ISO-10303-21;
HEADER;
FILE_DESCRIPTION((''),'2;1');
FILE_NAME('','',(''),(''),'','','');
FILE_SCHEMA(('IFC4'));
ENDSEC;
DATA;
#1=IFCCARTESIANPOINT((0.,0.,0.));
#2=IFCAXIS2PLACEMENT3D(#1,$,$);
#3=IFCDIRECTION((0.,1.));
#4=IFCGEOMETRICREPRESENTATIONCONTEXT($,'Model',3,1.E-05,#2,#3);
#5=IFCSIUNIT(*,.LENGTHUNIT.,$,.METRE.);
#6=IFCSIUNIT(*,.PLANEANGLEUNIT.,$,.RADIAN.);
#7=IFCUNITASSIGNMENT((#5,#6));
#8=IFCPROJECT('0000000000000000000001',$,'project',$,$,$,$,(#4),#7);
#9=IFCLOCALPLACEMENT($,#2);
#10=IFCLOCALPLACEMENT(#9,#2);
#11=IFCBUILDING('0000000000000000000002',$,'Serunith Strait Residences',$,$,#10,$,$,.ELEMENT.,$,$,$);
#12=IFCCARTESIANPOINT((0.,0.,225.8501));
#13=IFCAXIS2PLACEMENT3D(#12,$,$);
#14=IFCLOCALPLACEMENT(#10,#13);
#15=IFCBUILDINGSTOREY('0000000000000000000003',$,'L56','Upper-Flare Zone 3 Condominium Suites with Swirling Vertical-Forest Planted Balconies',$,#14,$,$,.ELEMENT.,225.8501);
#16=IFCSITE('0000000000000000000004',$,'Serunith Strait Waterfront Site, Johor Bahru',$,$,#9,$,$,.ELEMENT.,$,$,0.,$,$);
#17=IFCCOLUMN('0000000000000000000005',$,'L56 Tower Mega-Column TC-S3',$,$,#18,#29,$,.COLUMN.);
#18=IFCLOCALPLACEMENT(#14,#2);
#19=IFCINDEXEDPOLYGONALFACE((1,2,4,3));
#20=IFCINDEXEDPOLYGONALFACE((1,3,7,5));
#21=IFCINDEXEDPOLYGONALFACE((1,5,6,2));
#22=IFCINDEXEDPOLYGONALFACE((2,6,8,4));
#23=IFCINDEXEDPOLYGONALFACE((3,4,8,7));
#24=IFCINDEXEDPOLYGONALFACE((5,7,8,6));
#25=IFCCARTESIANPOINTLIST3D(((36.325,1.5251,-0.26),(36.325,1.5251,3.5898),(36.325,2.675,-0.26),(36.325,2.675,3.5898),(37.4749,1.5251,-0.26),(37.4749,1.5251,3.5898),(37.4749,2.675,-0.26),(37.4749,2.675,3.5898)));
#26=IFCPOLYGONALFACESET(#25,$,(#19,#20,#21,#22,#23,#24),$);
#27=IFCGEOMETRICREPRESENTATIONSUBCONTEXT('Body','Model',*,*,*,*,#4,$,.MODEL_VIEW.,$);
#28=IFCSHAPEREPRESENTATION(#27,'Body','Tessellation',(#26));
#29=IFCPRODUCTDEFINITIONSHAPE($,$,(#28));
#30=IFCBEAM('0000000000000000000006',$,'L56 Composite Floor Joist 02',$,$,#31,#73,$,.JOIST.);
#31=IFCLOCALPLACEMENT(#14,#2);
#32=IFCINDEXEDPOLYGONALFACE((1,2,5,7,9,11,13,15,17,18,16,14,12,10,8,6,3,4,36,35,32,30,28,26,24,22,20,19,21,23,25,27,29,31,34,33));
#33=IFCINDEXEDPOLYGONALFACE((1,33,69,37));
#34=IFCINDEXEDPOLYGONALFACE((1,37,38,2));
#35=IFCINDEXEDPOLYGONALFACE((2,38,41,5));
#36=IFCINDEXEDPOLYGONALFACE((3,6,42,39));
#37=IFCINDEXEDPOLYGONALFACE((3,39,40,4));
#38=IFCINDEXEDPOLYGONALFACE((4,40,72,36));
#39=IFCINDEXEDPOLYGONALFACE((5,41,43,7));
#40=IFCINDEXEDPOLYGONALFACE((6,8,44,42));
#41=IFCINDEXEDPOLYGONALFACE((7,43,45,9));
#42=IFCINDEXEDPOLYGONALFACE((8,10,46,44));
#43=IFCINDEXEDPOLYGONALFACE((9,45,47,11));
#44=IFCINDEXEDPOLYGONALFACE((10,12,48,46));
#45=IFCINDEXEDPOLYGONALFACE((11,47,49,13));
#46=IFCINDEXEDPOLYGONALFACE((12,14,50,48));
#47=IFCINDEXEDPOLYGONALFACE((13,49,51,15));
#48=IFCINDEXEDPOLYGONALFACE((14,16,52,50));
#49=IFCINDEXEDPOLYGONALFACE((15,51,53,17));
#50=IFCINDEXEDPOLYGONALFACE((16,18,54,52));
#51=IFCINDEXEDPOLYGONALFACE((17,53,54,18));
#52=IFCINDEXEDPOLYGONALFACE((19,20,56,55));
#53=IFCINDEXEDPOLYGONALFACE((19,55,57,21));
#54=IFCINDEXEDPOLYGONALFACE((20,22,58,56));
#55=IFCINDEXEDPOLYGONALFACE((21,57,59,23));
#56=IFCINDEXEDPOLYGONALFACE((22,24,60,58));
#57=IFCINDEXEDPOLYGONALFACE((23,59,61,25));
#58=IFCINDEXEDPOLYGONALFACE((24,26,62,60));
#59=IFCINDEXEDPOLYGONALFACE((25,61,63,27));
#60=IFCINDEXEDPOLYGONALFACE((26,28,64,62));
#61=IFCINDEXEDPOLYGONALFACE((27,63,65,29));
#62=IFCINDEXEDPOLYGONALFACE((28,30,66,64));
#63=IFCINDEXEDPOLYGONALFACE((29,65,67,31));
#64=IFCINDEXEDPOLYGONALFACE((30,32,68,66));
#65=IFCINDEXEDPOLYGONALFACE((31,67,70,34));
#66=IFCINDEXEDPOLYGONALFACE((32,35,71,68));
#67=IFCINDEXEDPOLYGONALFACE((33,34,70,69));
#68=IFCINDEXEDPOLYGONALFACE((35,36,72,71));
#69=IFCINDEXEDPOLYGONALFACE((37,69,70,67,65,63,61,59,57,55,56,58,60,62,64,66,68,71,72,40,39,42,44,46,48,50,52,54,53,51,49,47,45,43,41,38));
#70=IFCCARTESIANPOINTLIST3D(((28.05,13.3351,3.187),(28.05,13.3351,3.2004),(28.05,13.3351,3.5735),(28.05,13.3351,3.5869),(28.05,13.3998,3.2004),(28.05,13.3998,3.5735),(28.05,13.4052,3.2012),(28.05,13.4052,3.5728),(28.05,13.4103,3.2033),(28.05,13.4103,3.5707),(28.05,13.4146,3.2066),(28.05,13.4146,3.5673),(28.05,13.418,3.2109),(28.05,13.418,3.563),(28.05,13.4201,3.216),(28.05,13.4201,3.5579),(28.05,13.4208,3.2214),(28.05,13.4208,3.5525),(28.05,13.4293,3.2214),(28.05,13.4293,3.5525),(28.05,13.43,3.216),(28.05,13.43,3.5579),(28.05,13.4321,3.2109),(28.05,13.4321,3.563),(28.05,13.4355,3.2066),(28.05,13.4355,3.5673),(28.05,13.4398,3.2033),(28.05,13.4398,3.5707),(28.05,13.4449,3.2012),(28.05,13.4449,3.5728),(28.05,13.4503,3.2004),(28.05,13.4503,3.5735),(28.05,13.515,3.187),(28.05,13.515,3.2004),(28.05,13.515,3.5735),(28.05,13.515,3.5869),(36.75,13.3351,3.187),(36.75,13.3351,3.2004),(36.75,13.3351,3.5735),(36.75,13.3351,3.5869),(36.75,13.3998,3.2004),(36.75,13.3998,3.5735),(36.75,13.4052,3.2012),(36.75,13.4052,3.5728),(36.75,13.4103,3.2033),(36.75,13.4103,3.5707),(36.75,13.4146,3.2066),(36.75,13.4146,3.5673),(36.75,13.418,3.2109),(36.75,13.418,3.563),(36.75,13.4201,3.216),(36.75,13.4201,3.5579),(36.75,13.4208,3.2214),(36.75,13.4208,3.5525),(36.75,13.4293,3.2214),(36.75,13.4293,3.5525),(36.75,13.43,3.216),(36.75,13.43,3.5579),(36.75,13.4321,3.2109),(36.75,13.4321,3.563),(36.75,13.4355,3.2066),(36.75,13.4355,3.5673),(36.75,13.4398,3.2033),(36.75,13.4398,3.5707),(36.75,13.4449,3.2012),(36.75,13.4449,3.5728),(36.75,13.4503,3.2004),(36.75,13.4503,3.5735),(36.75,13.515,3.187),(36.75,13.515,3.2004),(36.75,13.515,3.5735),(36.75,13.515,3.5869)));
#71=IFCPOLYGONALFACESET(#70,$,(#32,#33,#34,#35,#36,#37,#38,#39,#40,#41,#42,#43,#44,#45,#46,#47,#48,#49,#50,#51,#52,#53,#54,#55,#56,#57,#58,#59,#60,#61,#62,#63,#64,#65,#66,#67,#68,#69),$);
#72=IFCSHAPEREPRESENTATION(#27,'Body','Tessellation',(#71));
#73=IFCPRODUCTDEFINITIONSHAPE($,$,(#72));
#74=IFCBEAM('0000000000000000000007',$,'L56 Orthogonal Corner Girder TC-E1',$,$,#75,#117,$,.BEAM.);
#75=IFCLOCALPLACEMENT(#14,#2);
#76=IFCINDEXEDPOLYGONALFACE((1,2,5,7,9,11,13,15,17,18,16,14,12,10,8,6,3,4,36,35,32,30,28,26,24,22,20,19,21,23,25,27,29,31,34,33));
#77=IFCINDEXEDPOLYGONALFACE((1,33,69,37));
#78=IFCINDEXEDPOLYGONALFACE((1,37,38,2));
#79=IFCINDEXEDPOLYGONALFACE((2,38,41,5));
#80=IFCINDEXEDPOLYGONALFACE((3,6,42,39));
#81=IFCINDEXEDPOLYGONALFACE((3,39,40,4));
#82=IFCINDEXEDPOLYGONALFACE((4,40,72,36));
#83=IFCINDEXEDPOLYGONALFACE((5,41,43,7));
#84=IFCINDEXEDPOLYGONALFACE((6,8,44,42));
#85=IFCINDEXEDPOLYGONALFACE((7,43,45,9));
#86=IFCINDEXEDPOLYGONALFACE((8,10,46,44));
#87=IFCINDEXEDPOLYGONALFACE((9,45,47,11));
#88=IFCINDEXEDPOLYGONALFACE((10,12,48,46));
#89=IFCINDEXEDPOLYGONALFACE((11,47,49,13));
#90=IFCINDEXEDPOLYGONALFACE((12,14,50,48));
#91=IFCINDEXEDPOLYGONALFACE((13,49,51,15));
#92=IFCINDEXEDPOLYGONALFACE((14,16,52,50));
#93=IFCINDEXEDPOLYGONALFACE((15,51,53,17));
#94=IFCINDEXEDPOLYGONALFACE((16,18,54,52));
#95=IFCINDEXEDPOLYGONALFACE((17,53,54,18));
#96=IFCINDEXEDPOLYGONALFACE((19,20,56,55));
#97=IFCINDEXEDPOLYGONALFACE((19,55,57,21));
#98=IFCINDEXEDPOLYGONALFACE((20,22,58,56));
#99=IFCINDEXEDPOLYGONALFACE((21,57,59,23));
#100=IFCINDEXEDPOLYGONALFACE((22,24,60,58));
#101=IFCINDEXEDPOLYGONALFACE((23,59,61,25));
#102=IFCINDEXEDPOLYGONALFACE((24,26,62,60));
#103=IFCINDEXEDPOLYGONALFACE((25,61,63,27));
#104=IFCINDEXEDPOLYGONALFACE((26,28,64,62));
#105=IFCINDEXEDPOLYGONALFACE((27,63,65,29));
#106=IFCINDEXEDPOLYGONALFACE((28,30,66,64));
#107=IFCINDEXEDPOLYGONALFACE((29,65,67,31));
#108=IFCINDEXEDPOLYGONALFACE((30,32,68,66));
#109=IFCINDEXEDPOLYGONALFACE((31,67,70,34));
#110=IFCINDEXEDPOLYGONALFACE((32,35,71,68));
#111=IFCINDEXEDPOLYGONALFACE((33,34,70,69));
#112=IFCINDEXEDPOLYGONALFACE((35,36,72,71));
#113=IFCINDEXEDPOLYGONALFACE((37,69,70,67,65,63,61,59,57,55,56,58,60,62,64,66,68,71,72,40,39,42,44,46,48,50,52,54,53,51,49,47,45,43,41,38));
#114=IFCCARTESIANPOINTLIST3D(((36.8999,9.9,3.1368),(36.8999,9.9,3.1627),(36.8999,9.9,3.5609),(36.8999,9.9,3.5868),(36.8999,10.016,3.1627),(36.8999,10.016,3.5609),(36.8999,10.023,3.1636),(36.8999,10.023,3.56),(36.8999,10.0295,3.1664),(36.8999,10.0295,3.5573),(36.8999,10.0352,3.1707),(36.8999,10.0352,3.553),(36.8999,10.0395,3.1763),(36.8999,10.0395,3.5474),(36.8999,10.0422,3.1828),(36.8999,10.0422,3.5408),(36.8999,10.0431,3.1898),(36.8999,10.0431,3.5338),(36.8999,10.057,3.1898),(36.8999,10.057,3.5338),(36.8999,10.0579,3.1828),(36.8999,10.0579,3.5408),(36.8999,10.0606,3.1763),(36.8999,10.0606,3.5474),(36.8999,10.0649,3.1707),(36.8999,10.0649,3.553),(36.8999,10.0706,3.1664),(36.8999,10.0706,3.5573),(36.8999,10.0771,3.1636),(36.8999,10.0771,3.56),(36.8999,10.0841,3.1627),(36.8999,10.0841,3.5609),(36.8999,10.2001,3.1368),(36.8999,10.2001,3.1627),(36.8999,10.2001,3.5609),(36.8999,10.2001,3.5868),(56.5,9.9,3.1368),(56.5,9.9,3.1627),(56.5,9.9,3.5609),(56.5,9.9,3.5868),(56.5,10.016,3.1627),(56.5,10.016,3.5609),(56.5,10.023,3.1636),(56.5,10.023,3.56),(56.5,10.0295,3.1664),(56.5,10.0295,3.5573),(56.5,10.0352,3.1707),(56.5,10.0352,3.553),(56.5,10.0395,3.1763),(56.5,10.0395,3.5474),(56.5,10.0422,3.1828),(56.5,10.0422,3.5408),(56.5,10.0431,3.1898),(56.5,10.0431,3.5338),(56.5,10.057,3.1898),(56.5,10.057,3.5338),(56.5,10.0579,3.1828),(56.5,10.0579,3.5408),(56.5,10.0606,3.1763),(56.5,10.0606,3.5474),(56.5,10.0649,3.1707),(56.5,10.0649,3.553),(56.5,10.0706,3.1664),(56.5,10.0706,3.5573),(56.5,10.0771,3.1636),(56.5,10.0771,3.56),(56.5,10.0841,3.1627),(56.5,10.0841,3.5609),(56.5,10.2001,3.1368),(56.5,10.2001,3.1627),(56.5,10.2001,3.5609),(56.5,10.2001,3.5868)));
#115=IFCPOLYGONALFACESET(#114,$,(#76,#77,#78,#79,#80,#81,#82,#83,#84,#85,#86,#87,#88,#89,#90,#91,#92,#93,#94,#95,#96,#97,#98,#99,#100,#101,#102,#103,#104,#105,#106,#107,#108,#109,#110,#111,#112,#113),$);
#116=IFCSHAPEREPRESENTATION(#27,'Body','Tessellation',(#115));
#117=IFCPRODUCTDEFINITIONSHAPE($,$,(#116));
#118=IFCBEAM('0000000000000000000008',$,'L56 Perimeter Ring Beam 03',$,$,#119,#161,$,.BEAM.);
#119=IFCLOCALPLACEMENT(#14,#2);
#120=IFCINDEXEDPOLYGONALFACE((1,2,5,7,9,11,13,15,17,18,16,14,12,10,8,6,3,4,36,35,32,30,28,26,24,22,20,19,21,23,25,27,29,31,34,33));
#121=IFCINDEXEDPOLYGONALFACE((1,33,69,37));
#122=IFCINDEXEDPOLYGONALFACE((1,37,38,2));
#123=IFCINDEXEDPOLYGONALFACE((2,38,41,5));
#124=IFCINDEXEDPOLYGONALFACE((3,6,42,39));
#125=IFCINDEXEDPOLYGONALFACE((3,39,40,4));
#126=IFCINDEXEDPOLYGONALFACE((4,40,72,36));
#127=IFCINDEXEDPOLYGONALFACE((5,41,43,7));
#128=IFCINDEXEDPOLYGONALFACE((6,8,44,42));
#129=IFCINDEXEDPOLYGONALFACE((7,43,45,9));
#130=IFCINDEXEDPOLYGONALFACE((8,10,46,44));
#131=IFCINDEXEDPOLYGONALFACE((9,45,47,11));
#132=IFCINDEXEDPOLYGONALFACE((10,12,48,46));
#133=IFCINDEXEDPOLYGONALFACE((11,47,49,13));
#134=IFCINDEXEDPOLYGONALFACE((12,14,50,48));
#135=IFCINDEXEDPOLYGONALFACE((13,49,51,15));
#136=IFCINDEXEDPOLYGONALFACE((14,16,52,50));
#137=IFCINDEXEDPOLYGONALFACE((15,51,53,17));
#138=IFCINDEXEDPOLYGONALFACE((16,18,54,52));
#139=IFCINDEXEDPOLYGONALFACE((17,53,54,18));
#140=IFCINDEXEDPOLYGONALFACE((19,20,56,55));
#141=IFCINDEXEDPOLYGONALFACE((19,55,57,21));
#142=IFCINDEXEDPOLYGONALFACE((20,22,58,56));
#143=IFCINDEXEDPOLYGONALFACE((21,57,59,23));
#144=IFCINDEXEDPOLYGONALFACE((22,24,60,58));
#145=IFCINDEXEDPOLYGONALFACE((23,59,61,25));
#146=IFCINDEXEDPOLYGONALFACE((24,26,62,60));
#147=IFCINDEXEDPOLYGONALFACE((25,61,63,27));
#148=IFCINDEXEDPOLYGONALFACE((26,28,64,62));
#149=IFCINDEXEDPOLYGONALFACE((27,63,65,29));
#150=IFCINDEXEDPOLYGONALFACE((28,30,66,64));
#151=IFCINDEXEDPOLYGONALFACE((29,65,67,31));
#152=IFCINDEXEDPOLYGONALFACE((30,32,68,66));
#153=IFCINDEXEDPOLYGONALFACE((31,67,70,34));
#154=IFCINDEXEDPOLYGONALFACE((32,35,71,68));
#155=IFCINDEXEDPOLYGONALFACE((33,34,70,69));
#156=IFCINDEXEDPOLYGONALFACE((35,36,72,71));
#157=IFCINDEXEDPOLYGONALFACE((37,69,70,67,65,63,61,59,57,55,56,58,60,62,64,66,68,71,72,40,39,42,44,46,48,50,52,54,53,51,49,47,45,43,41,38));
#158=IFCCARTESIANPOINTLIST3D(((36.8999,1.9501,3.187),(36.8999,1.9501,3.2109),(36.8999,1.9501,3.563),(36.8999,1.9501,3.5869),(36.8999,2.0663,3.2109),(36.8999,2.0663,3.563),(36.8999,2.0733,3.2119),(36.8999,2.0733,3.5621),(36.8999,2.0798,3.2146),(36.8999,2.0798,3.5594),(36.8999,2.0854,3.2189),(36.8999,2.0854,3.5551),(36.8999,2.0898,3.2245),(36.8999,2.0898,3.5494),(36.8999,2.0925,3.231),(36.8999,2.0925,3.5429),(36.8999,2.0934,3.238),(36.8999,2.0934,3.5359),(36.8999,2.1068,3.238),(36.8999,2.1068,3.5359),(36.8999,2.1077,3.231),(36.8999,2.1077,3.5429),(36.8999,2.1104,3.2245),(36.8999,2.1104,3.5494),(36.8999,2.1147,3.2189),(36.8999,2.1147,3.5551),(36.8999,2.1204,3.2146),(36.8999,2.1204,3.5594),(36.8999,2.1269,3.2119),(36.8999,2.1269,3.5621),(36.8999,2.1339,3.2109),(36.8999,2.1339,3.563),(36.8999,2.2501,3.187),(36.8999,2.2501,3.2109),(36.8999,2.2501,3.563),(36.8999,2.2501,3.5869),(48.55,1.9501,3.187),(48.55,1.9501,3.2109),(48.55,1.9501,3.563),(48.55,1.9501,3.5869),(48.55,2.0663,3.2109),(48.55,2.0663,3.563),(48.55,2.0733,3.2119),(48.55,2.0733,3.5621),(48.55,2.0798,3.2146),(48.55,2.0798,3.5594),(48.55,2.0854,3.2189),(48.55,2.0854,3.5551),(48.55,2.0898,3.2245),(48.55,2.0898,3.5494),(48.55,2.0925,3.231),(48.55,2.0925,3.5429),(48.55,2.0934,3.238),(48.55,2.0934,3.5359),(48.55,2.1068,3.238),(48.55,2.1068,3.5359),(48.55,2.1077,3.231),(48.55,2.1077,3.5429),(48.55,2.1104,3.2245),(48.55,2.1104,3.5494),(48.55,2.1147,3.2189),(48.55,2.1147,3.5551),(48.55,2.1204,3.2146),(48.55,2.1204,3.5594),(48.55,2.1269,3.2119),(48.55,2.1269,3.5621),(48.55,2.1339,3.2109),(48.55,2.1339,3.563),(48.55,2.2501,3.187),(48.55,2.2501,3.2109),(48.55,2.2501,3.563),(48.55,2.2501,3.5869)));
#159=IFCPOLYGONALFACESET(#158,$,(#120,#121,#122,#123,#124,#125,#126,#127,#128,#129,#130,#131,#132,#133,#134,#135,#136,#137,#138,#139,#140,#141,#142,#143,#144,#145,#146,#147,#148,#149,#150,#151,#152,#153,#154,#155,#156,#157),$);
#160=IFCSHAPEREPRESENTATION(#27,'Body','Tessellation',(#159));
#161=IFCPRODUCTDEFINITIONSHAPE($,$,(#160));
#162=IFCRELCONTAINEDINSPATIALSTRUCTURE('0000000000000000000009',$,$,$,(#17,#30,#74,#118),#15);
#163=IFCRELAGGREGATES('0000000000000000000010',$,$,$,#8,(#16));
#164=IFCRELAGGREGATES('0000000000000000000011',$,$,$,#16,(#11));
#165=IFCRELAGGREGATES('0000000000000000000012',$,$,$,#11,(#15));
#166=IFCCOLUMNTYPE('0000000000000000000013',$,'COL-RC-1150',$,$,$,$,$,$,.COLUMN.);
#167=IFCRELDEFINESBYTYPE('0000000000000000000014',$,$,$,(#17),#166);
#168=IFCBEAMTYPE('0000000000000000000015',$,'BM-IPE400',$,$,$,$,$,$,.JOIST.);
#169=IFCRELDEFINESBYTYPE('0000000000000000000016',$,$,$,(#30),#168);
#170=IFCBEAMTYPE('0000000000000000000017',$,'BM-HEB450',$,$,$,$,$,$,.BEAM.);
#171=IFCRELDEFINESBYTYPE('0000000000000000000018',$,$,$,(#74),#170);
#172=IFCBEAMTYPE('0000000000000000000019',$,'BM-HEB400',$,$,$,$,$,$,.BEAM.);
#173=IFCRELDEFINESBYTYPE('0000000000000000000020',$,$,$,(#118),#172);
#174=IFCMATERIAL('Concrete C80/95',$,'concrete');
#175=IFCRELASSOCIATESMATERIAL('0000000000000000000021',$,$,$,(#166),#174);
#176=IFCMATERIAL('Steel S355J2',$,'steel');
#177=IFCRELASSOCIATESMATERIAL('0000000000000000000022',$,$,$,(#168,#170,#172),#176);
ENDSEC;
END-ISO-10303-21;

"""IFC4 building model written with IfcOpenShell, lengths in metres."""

from ifc_helpers import new_model, si_unit, direction, frame, origin, origin_2d, place, context, subcontext, project, spatial, rectangle, i_section, extrude, source, transform, mapped, material, material_profile, profile_set, type_object, element, save


model = new_model("IFC4")

# Units and contexts
model_context = context("Model", 3, precision=1e-05, world=origin(), true_north=direction((0.0, 1.0)))
body_context = subcontext(model_context, "Body", "Model", "MODEL_VIEW")
ifc_project = project(units=[si_unit("LENGTHUNIT", "METRE"), si_unit("PLANEANGLEUNIT", "RADIAN")], contexts=[model_context])

# Site, building, storey
site_placement = place(None, origin())
site = spatial("IfcSite", under=ifc_project, at=site_placement, Name="Serunith Strait Waterfront Site, Johor Bahru", CompositionType="ELEMENT", RefElevation=0.0)
building_placement = place(site_placement, origin())
building = spatial("IfcBuilding", under=site, at=building_placement, Name="Serunith Strait Residences", CompositionType="ELEMENT")
storey_placement = place(building_placement, frame((0.0, 0.0, 225.8501)))
storey = spatial("IfcBuildingStorey", under=building, at=storey_placement, Name="L56", Description="Upper-Flare Zone 3 Condominium Suites with Swirling Vertical-Forest Planted Balconies", CompositionType="ELEMENT", Elevation=225.8501)

# Column
ifc_material_1 = material(Name="Concrete C80/95", Category="concrete")
ifc_material_profile_1 = material_profile(ifc_material_1, rectangle(XDim=1.1499, YDim=1.1499, at=origin_2d()), Name="RC 1150x1150")
ifc_profile_set_1 = profile_set([ifc_material_profile_1], Name="Concrete C80/95")
column_type = type_object("IfcColumnType", Name="COL-RC-1150", PredefinedType="COLUMN", material=ifc_profile_set_1)
shared_shape_1 = source(origin(), body_context, "Body", "SweptSolid", [
    extrude(rectangle(XDim=1.1499, YDim=1.1499, at=origin_2d()), origin(), (0.0, 0.0, 1.0), 3.8499),
])
column_placement = place(storey_placement, frame((36.8999, 2.1001, -0.26), z_axis=(0.0, 0.0, 1.0), x_axis=(1.0, 0.0, 0.0)))
element("IfcColumn", 1, at=column_placement, inside=storey, type_object=column_type, Name="L56 Tower Mega-Column TC-S3", PredefinedType="COLUMN", context=body_context, shape_type="MappedRepresentation", body=[
    mapped(shared_shape_1, transform((0.0, 0.0, 0.0), scale=1.0)),
])

# Beams
ifc_material_2 = material(Name="Steel S355J2", Category="steel")
ifc_material_profile_2 = material_profile(ifc_material_2, i_section(OverallWidth=0.1799, OverallDepth=0.3999, WebThickness=0.0085, FlangeThickness=0.0134, FilletRadius=0.021, at=origin_2d()), Name="IPE 400")
ifc_profile_set_2 = profile_set([ifc_material_profile_2], Name="Steel S355J2")
beam_type_1 = type_object("IfcBeamType", Name="BM-IPE400", PredefinedType="JOIST", material=ifc_profile_set_2)
shared_shape_2 = source(origin(), body_context, "Body", "SweptSolid", [
    extrude(i_section(OverallWidth=0.1799, OverallDepth=0.3999, WebThickness=0.0085, FlangeThickness=0.0134, FilletRadius=0.021, at=origin_2d()), origin(), (0.0, 0.0, 1.0), 8.7),
])
beam_1_placement = place(storey_placement, frame((28.05, 13.425, 3.387), z_axis=(1.0, 0.0, 0.0), x_axis=(0.0, 1.0, 0.0)))
element("IfcBeam", 2, at=beam_1_placement, inside=storey, type_object=beam_type_1, Name="L56 Composite Floor Joist 02", PredefinedType="JOIST", context=body_context, shape_type="MappedRepresentation", body=[
    mapped(shared_shape_2, transform((0.0, 0.0, 0.0), scale=1.0)),
])
ifc_material_profile_3 = material_profile(ifc_material_2, i_section(OverallWidth=0.3, OverallDepth=0.45, WebThickness=0.0139, FlangeThickness=0.0259, FilletRadius=0.0271, at=origin_2d()), Name="HEB 450")
ifc_profile_set_3 = profile_set([ifc_material_profile_3], Name="Steel S355J2")
beam_type_2 = type_object("IfcBeamType", Name="BM-HEB450", PredefinedType="BEAM", material=ifc_profile_set_3)
shared_shape_3 = source(origin(), body_context, "Body", "SweptSolid", [
    extrude(i_section(OverallWidth=0.3, OverallDepth=0.45, WebThickness=0.0139, FlangeThickness=0.0259, FilletRadius=0.0271, at=origin_2d()), origin(), (0.0, 0.0, 1.0), 19.6001),
])
beam_2_placement = place(storey_placement, frame((36.8999, 10.05, 3.3618), z_axis=(1.0, 0.0, 0.0), x_axis=(0.0, 1.0, 0.0)))
element("IfcBeam", 3, at=beam_2_placement, inside=storey, type_object=beam_type_2, Name="L56 Orthogonal Corner Girder TC-E1", PredefinedType="BEAM", context=body_context, shape_type="MappedRepresentation", body=[
    mapped(shared_shape_3, transform((0.0, 0.0, 0.0), scale=1.0)),
])
ifc_material_profile_4 = material_profile(ifc_material_2, i_section(OverallWidth=0.3, OverallDepth=0.3999, WebThickness=0.0134, FlangeThickness=0.0239, FilletRadius=0.0271, at=origin_2d()), Name="HEB 400")
ifc_profile_set_4 = profile_set([ifc_material_profile_4], Name="Steel S355J2")
beam_type_3 = type_object("IfcBeamType", Name="BM-HEB400", PredefinedType="BEAM", material=ifc_profile_set_4)
shared_shape_4 = source(origin(), body_context, "Body", "SweptSolid", [
    extrude(i_section(OverallWidth=0.3, OverallDepth=0.3999, WebThickness=0.0134, FlangeThickness=0.0239, FilletRadius=0.0271, at=origin_2d()), origin(), (0.0, 0.0, 1.0), 11.6501),
])
beam_3_placement = place(storey_placement, frame((36.8999, 2.1001, 3.387), z_axis=(1.0, 0.0, 0.0), x_axis=(0.0, 1.0, 0.0)))
element("IfcBeam", 4, at=beam_3_placement, inside=storey, type_object=beam_type_3, Name="L56 Perimeter Ring Beam 03", PredefinedType="BEAM", context=body_context, shape_type="MappedRepresentation", body=[
    mapped(shared_shape_4, transform((0.0, 0.0, 0.0), scale=1.0)),
])

save(model, "model.ifc")
